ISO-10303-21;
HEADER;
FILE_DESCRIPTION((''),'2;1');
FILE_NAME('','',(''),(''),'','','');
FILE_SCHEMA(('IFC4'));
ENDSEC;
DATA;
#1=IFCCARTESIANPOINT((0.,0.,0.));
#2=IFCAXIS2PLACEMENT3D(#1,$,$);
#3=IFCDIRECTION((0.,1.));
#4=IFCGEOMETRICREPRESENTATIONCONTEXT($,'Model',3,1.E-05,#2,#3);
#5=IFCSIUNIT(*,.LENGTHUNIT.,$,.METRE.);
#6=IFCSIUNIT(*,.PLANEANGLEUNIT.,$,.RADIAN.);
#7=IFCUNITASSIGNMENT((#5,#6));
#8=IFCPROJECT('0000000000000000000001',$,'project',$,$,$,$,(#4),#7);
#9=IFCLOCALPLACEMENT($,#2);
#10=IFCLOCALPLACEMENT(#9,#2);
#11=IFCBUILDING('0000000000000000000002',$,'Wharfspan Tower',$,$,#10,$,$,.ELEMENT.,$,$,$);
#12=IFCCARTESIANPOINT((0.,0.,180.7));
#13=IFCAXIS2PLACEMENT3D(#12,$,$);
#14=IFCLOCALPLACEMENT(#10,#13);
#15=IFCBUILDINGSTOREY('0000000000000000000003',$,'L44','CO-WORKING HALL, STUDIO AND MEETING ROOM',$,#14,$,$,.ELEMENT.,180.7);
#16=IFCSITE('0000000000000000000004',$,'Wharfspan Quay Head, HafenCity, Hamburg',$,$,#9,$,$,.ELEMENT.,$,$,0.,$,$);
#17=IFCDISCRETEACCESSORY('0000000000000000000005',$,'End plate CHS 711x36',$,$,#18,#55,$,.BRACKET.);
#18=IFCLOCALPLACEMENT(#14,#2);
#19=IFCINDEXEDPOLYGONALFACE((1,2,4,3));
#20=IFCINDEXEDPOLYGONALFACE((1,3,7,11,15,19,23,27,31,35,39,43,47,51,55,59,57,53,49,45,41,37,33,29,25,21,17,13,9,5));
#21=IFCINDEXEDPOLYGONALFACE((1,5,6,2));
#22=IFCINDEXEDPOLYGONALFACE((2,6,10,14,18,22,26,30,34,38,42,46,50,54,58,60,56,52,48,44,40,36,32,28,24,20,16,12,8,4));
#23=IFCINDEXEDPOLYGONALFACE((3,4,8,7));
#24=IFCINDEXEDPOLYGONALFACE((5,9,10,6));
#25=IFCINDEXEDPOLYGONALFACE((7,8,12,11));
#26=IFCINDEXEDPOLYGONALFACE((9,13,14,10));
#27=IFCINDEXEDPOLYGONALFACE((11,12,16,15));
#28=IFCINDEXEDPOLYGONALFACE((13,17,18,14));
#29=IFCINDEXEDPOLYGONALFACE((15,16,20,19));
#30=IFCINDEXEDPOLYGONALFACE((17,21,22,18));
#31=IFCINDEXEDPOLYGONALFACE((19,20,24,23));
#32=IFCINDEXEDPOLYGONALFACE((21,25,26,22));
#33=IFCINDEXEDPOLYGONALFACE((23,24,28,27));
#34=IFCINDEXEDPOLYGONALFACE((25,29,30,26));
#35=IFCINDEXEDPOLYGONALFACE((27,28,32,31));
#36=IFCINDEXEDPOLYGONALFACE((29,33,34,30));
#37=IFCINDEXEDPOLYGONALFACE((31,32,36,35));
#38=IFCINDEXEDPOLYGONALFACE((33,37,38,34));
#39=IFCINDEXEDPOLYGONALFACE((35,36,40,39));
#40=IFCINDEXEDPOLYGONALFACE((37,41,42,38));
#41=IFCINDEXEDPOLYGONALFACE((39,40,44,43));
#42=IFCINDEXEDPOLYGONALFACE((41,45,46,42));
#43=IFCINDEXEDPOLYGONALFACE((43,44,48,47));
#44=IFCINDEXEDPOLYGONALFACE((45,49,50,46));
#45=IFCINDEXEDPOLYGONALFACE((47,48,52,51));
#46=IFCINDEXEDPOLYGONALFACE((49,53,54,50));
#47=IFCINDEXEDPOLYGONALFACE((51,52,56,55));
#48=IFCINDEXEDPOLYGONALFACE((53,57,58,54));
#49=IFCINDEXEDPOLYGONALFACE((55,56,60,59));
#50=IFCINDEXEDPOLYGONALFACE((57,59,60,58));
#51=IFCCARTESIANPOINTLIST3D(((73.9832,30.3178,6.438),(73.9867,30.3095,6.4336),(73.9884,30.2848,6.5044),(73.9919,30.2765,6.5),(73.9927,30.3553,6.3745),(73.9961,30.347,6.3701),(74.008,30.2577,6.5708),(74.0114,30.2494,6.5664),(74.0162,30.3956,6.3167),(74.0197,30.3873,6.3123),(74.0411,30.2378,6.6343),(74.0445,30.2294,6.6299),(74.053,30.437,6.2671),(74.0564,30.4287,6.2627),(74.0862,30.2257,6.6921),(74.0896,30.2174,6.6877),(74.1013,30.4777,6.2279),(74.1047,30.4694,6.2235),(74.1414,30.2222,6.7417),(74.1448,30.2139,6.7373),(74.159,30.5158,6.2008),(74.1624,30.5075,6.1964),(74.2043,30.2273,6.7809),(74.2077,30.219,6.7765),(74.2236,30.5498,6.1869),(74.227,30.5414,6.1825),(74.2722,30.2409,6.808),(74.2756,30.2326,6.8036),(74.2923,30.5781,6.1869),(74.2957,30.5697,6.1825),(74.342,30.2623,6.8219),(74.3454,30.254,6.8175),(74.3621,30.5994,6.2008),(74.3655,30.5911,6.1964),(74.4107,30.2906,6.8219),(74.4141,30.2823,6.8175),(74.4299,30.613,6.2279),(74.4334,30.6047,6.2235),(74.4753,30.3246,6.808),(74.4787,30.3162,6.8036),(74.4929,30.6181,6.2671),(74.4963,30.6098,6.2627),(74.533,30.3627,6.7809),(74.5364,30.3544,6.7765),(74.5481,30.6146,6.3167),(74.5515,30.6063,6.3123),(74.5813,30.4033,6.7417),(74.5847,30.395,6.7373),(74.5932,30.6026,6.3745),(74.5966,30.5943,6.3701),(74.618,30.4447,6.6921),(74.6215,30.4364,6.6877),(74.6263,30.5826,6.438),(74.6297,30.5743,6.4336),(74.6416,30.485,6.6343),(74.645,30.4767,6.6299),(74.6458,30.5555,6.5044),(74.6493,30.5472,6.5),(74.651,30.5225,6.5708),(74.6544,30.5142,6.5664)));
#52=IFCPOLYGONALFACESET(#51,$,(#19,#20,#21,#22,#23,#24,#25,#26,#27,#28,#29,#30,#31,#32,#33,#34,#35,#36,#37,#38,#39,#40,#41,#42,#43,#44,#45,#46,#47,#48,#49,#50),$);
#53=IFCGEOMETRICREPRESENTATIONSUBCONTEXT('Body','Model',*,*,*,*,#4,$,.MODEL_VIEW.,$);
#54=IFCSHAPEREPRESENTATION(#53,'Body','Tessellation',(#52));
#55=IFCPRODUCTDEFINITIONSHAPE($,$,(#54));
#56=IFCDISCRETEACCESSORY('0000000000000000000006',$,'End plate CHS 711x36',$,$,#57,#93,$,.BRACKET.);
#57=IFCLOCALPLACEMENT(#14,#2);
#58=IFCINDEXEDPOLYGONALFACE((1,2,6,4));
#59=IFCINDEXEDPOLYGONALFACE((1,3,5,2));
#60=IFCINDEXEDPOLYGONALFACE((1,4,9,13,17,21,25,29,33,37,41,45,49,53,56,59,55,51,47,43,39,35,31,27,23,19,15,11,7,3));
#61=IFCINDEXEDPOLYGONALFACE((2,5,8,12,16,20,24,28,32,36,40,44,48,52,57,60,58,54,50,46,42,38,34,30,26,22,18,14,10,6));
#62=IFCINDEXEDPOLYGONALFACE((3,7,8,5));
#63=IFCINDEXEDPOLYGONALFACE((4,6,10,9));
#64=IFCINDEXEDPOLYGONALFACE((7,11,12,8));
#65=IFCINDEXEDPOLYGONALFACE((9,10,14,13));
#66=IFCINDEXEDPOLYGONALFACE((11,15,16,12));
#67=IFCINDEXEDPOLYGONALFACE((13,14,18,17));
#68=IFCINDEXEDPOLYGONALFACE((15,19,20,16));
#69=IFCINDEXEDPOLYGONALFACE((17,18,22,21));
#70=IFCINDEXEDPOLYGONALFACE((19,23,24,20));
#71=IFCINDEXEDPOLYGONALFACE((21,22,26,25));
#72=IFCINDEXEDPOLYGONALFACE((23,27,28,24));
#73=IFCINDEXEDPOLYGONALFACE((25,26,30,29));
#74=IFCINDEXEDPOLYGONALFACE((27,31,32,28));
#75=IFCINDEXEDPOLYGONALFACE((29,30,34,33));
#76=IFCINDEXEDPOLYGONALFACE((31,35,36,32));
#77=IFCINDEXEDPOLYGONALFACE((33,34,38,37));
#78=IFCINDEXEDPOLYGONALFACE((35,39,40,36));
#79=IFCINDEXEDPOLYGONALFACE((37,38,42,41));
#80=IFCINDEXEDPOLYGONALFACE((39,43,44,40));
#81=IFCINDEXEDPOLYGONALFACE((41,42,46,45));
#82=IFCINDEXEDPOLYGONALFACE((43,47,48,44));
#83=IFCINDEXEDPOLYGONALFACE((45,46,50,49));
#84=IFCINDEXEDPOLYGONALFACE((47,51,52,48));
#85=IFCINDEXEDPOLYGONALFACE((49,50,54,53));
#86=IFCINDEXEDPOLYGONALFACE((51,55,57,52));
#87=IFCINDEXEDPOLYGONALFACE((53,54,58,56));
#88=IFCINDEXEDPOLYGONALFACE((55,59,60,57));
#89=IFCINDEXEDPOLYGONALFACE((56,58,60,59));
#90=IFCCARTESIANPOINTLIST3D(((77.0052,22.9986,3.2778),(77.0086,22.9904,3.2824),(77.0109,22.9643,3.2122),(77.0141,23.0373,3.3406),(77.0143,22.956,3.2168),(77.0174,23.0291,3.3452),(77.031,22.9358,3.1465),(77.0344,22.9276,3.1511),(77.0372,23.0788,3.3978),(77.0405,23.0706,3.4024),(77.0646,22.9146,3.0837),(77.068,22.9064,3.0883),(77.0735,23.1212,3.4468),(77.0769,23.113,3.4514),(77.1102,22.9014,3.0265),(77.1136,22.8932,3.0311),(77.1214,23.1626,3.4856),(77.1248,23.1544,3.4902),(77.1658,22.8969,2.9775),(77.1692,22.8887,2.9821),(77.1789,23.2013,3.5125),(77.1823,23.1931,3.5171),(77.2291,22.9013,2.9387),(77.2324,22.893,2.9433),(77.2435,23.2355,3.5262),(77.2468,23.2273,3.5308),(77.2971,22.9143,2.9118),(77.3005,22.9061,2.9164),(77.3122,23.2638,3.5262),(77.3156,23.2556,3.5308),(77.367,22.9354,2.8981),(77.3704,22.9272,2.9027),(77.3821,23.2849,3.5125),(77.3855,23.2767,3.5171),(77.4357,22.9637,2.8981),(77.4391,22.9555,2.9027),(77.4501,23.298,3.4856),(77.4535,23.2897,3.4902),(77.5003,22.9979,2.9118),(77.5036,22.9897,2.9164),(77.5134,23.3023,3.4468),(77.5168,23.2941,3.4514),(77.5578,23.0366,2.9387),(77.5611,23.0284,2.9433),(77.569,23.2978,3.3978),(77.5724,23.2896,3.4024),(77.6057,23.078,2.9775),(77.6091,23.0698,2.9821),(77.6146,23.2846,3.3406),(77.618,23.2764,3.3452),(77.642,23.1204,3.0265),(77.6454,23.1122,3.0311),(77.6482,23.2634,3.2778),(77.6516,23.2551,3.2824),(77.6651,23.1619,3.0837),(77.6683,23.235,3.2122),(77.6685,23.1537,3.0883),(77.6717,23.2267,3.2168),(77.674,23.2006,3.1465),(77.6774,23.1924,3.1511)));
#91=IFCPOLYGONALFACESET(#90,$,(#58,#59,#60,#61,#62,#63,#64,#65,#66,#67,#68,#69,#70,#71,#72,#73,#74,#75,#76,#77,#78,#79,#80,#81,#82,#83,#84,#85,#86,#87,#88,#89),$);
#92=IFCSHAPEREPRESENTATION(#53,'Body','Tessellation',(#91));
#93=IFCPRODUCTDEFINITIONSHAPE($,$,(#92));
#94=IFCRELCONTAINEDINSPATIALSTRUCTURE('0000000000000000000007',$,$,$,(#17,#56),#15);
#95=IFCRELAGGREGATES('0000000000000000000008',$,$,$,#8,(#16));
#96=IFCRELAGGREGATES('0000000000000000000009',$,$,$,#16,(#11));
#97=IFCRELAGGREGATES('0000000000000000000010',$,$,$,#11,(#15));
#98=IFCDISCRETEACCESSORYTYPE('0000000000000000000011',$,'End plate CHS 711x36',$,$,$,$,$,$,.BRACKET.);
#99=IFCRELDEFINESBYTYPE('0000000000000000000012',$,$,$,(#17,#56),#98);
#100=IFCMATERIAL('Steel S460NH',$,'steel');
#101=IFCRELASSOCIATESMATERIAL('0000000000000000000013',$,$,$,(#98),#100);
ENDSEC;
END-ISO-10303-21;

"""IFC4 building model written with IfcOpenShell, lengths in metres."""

from ifc_helpers import new_model, si_unit, direction, frame, origin, origin_2d, place, context, subcontext, project, spatial, circle, extrude, material, material_profile, profile_set, type_object, element, save


model = new_model("IFC4")

# Units and contexts
model_context = context("Model", 3, precision=1e-05, world=origin(), true_north=direction((0.0, 1.0)))
body_context = subcontext(model_context, "Body", "Model", "MODEL_VIEW")
ifc_project = project(units=[si_unit("LENGTHUNIT", "METRE"), si_unit("PLANEANGLEUNIT", "RADIAN")], contexts=[model_context])

# Site, building, storey
site_placement = place(None, origin())
site = spatial("IfcSite", under=ifc_project, at=site_placement, Name="Wharfspan Quay Head, HafenCity, Hamburg", CompositionType="ELEMENT", RefElevation=0.0)
building_placement = place(site_placement, origin())
building = spatial("IfcBuilding", under=site, at=building_placement, Name="Wharfspan Tower", CompositionType="ELEMENT")
storey_placement = place(building_placement, frame((0.0, 0.0, 180.7)))
storey = spatial("IfcBuildingStorey", under=building, at=storey_placement, Name="L44", Description="CO-WORKING HALL, STUDIO AND MEETING ROOM", CompositionType="ELEMENT", Elevation=180.7)

# Shared definitions
ifc_material_1 = material(Name="Steel S460NH", Category="steel")

# Discrete accessories
ifc_material_profile_1 = material_profile(ifc_material_1, circle(Radius=0.3555, at=origin_2d()))
ifc_profile_set_1 = profile_set([ifc_material_profile_1], Name="Steel S460NH")
discrete_accessory_type = type_object("IfcDiscreteAccessoryType", Name="End plate CHS 711x36", PredefinedType="BRACKET", material=ifc_profile_set_1)
for number, where, z_axis, x_axis, name in (
    (1, (74.3206, 30.4119, 6.5), (-0.341972, 0.830504, 0.439679), (-0.924678, -0.380749, -0.000001), "End plate CHS 711x36"),
    (2, (77.3396, 23.0996, 3.2122), (0.338259, -0.821486, 0.459066), (0.924676, 0.380749, 0.0), "End plate CHS 711x36"),
):
    element("IfcDiscreteAccessory", number, at=place(storey_placement, frame(where, z_axis=z_axis, x_axis=x_axis)), inside=storey, type_object=discrete_accessory_type, Name=name, PredefinedType="BRACKET", context=body_context, shape_type="SweptSolid", body=[
        extrude(circle(Radius=0.3555, at=origin_2d()), origin(), (0.0, 0.0, 1.0), 0.01),
    ])

save(model, "model.ifc")
